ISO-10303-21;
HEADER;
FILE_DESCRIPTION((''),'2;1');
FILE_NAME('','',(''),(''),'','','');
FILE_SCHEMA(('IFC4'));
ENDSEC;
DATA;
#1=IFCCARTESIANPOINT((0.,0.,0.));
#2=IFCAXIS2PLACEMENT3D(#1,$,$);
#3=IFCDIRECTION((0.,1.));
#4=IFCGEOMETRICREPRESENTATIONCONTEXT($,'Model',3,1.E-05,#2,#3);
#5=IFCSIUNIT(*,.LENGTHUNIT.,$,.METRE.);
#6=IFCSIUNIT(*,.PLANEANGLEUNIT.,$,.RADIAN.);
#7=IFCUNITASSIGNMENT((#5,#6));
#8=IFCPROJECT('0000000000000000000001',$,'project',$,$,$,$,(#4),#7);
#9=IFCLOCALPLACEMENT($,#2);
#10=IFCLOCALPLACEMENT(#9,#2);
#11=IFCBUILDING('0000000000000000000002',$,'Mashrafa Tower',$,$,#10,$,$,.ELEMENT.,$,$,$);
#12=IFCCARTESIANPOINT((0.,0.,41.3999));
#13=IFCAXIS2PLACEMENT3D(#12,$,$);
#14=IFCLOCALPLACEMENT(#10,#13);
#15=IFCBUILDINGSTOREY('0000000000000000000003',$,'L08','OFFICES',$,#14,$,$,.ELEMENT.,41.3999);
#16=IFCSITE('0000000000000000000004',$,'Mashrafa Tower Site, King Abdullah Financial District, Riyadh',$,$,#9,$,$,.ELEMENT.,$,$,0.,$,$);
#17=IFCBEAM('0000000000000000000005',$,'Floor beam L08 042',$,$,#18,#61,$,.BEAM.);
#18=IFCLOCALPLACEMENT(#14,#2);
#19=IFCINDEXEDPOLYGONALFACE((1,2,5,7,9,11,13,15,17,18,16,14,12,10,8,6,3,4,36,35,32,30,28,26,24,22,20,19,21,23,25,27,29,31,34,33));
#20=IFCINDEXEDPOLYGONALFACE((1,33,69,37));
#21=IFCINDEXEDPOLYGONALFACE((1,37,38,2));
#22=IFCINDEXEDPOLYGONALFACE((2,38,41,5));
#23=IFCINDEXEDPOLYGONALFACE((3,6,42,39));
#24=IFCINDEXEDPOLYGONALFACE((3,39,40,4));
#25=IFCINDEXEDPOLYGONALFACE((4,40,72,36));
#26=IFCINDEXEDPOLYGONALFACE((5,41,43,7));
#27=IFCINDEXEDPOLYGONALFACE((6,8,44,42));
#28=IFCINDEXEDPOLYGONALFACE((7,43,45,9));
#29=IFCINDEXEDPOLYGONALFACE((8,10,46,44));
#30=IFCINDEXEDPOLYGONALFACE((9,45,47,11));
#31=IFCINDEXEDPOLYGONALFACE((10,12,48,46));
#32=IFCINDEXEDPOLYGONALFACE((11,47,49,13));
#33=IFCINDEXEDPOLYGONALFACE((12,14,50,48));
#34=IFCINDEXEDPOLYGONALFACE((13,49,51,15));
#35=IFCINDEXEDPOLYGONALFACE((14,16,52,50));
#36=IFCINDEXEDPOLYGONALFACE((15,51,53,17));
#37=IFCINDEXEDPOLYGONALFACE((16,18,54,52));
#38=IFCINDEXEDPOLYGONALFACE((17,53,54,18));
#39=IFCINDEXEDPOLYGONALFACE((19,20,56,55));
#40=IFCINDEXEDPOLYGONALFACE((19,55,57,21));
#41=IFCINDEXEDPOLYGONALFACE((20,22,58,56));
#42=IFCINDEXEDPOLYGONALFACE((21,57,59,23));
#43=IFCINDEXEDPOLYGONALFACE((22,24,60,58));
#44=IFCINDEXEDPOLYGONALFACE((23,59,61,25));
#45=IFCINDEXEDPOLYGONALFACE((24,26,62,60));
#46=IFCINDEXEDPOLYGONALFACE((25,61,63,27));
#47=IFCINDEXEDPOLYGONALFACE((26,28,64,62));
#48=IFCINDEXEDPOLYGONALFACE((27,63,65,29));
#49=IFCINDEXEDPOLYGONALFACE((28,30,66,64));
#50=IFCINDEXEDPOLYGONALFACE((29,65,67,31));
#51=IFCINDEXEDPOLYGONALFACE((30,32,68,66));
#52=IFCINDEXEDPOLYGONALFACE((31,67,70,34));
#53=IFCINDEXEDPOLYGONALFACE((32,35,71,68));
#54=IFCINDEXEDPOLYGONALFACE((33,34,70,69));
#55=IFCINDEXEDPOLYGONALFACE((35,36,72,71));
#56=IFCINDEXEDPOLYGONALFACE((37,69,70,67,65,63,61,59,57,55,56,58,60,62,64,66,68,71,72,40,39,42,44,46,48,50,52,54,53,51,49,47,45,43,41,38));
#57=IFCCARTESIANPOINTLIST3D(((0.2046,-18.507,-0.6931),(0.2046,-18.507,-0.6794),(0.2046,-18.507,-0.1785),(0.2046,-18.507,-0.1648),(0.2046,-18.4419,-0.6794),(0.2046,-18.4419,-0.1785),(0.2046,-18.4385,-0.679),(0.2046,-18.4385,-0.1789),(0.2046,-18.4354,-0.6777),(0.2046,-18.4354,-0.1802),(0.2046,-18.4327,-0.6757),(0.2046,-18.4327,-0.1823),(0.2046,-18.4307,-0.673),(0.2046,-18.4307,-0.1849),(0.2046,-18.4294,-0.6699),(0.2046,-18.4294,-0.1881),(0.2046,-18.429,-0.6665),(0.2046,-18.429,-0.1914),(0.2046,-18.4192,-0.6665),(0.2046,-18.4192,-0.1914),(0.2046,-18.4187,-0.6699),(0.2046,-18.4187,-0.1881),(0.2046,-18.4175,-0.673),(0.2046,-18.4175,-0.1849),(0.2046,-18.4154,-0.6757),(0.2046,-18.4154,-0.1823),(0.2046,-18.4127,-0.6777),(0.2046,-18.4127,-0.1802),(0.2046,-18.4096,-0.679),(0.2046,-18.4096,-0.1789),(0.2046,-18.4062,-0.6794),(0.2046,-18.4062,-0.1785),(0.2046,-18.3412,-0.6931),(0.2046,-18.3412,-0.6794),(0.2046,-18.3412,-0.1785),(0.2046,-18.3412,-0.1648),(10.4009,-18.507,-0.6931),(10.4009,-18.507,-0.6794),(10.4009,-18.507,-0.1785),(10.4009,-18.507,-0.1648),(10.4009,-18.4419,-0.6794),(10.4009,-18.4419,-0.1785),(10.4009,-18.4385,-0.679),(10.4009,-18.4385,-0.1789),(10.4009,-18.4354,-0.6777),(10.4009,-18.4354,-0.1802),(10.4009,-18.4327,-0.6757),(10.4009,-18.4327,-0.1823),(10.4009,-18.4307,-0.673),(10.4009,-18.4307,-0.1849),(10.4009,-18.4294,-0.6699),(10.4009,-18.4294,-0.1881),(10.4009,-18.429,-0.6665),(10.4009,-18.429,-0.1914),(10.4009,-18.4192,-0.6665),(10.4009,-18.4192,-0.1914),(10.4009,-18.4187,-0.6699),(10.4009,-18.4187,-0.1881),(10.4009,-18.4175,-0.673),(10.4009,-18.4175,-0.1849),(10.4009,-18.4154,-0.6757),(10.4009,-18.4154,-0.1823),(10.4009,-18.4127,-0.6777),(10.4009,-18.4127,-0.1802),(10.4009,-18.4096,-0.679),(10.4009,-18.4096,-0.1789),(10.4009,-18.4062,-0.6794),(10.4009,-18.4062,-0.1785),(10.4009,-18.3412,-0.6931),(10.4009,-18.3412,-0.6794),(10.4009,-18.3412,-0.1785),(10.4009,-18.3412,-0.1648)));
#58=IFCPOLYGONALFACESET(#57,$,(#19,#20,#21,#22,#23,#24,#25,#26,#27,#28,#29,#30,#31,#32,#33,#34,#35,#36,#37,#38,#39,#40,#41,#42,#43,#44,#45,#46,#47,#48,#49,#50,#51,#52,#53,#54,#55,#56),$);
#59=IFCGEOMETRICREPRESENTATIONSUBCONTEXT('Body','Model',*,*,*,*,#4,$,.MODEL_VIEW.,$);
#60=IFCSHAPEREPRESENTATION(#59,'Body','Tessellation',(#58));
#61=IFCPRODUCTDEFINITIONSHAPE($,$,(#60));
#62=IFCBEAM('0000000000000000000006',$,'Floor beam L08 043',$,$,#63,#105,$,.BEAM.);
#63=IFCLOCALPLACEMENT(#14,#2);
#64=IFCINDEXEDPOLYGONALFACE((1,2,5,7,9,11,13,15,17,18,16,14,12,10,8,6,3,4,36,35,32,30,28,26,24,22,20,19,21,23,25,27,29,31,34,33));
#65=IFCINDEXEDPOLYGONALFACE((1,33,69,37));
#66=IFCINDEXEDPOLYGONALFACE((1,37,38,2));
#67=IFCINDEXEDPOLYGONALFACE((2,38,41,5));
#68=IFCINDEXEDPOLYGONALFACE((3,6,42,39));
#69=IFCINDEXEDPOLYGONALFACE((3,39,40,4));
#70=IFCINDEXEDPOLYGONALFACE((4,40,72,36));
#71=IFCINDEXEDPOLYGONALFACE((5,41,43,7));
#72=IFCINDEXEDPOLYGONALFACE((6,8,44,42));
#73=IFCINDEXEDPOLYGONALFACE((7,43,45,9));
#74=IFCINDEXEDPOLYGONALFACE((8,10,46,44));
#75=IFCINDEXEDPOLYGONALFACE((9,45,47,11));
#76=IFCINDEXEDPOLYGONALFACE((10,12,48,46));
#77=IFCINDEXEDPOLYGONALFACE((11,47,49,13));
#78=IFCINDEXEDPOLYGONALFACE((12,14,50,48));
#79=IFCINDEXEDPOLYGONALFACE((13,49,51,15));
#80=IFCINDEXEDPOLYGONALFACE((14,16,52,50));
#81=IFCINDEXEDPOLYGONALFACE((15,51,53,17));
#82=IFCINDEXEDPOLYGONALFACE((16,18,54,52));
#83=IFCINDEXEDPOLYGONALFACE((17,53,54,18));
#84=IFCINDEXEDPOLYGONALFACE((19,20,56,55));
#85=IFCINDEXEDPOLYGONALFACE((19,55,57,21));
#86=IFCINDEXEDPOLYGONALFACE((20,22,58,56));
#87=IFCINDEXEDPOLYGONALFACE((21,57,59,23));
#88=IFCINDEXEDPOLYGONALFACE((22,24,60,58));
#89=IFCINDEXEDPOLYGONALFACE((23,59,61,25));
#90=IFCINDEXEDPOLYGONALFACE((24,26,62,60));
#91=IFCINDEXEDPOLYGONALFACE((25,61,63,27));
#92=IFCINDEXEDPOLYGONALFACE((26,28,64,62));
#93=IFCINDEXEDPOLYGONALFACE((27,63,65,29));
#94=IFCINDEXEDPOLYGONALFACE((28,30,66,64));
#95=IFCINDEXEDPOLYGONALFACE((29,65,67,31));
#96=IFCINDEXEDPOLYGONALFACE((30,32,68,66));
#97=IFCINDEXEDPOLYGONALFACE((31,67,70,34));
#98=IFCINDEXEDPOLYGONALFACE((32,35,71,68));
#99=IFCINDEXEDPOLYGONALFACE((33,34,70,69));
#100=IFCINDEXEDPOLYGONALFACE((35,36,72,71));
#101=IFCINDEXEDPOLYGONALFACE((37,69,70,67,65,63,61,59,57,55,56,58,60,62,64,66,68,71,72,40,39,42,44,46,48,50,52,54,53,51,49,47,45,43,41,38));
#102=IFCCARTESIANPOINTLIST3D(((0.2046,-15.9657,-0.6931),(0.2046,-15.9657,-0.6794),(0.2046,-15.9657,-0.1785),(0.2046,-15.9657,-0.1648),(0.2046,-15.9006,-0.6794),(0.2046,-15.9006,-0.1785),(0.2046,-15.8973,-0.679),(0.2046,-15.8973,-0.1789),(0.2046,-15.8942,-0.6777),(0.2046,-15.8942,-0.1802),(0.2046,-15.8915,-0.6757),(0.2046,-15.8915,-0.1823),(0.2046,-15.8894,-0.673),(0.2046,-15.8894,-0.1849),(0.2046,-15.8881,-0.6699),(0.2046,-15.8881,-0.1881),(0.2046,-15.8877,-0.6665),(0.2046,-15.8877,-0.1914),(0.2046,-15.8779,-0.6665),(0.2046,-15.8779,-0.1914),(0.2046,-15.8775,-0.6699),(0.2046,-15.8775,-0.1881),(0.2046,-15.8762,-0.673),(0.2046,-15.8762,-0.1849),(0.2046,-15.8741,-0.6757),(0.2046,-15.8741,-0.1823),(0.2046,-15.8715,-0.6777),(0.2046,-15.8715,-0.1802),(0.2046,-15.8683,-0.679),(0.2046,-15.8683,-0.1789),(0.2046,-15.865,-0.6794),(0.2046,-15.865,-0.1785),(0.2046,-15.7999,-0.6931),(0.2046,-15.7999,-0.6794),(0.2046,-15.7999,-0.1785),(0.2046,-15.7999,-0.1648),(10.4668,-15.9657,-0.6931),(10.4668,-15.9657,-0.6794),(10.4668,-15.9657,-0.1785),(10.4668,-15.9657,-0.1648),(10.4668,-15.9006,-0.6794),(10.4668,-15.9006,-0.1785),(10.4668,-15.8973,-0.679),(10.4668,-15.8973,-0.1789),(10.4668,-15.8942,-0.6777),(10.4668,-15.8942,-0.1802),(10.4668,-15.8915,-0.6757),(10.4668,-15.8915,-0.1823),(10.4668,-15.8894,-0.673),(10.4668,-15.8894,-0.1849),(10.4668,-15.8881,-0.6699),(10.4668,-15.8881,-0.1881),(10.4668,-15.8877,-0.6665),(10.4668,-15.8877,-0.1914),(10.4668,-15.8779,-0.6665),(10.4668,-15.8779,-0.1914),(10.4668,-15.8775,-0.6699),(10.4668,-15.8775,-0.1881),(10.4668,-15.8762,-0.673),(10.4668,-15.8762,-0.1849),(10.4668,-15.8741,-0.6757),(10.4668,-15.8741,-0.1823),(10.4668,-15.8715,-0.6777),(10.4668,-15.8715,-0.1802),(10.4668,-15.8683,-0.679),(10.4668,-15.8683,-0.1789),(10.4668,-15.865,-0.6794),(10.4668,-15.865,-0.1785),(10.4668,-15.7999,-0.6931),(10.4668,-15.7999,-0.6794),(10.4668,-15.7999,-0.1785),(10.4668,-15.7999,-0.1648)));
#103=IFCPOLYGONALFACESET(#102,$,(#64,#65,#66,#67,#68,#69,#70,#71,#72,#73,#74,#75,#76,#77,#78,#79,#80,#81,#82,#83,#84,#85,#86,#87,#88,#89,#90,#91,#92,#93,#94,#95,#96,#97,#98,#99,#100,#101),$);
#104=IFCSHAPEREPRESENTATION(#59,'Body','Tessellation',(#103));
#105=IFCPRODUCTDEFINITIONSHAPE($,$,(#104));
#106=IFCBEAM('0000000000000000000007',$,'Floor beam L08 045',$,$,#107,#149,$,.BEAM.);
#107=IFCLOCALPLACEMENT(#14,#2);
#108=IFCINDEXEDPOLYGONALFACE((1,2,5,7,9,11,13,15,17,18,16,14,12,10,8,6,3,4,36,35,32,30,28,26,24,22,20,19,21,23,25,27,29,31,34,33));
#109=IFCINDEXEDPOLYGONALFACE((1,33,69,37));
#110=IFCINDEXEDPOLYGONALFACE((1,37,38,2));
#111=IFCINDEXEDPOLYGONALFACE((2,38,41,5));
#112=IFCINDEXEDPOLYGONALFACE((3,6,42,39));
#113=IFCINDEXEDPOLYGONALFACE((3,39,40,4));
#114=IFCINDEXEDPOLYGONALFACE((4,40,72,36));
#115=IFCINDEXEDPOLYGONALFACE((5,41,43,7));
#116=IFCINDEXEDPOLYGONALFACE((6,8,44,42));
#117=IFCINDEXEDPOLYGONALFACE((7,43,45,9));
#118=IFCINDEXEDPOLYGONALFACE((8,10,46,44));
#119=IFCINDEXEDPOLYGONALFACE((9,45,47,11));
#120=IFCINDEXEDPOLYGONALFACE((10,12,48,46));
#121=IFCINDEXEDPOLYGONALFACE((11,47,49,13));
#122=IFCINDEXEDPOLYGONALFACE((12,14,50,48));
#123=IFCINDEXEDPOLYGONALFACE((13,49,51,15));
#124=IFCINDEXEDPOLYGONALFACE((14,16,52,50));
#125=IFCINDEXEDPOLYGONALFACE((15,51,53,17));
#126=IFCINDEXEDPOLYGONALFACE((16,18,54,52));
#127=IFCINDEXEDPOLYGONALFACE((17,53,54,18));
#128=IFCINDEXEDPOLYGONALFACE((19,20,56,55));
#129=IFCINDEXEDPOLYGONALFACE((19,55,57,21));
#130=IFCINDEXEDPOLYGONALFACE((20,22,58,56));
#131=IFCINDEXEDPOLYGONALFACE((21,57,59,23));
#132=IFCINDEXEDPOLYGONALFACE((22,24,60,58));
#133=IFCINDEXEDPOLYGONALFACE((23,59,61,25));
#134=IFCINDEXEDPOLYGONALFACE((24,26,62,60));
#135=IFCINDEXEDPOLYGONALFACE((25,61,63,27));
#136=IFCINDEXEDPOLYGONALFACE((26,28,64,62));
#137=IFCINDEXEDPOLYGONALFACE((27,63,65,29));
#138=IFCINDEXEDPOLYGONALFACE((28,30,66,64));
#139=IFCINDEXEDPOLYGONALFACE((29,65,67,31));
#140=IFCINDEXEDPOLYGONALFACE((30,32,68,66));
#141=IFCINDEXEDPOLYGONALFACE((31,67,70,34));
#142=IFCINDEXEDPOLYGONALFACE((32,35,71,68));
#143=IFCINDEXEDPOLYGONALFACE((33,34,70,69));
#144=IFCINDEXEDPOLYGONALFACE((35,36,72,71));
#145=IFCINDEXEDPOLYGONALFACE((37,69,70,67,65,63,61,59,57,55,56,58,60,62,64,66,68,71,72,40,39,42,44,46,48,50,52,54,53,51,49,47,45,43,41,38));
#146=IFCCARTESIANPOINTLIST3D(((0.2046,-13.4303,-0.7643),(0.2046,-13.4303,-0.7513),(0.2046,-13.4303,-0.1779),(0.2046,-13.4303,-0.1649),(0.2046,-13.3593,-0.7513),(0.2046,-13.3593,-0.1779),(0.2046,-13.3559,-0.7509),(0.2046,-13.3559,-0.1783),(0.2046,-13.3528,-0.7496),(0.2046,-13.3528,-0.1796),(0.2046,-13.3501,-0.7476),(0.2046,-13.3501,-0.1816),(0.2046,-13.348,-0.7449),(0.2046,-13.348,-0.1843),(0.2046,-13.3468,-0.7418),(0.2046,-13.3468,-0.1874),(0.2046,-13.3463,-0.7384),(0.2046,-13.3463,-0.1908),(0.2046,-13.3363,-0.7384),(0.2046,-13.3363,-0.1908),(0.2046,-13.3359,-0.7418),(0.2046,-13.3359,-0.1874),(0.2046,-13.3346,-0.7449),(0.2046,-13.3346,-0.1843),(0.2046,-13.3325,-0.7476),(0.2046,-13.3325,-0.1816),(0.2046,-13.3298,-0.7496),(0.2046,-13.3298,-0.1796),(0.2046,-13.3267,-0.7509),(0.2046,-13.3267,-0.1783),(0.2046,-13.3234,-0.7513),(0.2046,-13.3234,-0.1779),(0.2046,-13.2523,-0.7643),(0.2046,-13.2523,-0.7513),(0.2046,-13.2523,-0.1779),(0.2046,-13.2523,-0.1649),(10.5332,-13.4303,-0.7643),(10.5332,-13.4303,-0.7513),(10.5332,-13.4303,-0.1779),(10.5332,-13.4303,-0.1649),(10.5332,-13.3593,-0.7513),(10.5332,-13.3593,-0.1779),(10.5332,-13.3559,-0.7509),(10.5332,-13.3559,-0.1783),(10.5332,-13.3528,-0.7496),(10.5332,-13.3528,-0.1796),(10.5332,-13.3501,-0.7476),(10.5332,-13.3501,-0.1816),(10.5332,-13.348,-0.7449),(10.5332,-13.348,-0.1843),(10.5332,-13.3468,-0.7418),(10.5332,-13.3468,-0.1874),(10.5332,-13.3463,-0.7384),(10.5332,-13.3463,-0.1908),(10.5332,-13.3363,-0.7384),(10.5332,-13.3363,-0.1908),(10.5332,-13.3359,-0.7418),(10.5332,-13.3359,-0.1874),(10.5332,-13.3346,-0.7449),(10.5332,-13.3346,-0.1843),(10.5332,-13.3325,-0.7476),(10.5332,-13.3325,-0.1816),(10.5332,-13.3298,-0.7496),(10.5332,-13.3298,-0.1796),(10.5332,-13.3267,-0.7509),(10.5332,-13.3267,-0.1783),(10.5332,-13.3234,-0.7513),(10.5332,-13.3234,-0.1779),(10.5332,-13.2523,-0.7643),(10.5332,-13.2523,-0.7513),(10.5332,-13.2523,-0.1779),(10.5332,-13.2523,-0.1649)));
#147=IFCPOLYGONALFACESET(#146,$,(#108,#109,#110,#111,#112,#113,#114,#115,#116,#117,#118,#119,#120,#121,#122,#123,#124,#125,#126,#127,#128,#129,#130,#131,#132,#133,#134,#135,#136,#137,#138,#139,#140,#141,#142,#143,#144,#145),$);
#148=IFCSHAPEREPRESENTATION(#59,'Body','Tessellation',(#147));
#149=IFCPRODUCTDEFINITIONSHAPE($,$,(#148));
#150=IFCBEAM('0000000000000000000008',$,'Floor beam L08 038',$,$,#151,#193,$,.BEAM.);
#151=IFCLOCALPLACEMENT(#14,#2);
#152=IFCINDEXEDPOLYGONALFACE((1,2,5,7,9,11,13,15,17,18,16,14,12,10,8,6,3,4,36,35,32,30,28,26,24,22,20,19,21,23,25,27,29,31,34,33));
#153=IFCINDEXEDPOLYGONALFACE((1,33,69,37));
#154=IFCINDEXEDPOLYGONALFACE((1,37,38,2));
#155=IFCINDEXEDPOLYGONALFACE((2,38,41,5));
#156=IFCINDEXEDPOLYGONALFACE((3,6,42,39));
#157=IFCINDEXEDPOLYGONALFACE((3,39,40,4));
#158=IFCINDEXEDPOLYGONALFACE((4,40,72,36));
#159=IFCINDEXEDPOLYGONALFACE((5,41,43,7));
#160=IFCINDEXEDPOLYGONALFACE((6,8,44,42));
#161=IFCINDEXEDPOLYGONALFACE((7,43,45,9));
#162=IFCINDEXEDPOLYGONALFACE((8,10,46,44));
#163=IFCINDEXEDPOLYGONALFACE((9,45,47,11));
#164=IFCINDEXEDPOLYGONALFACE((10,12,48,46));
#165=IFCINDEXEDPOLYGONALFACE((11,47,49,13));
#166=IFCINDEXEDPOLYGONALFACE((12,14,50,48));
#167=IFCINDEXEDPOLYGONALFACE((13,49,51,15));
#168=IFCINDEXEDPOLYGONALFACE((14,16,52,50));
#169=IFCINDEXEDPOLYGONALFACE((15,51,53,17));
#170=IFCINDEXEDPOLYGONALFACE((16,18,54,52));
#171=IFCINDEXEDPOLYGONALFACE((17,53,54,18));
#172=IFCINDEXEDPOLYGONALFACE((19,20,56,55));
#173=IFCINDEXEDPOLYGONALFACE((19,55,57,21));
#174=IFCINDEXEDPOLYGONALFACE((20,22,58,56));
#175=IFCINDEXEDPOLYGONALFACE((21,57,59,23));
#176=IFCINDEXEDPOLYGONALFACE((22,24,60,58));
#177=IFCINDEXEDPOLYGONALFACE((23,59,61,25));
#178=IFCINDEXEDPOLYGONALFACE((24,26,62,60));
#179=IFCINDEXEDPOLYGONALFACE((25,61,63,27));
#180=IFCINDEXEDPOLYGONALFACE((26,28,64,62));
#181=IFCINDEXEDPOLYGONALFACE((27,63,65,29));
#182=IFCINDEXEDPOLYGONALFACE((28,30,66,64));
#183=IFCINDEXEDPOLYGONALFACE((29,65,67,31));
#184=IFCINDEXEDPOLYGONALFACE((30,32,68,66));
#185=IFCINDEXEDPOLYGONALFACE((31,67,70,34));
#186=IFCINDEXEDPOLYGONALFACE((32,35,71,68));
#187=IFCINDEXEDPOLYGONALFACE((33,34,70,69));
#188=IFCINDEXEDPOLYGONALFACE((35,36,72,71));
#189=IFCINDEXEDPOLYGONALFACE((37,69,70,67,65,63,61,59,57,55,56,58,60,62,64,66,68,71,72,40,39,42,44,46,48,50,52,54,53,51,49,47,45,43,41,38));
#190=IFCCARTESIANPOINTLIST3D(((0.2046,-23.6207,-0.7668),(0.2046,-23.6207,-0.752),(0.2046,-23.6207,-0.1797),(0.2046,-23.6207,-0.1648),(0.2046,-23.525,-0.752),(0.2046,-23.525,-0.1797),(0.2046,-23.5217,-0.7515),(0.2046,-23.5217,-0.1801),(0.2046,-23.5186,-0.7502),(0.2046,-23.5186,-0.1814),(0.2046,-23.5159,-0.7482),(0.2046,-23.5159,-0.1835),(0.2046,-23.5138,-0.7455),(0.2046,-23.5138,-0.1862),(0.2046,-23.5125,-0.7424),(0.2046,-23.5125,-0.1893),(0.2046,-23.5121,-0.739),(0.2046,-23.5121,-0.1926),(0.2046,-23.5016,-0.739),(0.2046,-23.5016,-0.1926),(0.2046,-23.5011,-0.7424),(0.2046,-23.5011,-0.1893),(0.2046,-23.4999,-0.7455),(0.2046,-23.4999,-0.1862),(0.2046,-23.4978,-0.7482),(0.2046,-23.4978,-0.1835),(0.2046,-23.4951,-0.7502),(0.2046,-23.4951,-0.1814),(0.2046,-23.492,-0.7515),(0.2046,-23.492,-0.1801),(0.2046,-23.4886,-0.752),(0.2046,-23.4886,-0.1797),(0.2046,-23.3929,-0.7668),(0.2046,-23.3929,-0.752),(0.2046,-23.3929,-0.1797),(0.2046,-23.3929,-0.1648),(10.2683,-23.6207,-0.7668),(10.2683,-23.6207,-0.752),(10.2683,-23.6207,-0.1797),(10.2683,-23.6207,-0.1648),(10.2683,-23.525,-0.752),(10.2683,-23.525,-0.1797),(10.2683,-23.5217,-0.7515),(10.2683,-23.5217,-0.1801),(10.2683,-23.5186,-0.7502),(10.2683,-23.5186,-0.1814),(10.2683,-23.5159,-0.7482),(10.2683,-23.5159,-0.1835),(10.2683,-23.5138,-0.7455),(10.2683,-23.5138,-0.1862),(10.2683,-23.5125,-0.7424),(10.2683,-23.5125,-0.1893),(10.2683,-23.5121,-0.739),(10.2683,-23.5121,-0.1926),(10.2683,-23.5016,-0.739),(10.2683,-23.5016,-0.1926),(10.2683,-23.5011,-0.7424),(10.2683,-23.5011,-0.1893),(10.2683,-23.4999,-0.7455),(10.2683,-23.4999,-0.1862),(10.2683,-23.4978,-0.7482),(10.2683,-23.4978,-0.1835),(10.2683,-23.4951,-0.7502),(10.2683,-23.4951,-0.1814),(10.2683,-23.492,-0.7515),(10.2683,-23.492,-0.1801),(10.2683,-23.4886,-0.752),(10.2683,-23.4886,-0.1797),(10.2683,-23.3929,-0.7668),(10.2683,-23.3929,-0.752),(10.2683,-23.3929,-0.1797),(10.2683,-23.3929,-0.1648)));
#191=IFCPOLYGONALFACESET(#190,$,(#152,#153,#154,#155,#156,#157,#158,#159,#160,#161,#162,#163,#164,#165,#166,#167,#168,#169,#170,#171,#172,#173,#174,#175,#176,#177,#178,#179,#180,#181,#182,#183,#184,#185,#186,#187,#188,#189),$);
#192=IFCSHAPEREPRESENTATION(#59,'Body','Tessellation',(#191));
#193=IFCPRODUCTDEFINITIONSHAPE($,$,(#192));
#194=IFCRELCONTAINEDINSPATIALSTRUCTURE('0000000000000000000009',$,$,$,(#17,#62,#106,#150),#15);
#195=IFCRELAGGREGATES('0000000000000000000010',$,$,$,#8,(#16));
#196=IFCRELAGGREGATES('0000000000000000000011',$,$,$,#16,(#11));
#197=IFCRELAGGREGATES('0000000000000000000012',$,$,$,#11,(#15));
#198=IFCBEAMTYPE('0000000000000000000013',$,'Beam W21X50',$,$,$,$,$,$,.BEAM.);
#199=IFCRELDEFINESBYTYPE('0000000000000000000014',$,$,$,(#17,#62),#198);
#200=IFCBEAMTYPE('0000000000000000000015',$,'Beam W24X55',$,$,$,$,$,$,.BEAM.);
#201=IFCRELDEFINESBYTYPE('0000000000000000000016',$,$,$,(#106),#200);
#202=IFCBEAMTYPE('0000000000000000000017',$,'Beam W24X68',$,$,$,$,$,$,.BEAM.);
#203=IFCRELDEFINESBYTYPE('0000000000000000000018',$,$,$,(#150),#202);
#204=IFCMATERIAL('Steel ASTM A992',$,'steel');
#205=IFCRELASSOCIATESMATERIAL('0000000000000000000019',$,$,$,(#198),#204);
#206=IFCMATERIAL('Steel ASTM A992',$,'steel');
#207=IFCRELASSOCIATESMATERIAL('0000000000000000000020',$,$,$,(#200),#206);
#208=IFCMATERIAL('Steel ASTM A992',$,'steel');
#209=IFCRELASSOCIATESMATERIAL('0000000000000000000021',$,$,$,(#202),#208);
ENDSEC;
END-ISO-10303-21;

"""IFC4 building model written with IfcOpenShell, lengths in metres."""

from ifc_helpers import new_model, si_unit, direction, frame, origin, origin_2d, place, context, subcontext, project, spatial, i_section, extrude, material, material_profile, profile_set, type_object, element, save


model = new_model("IFC4")

# Units and contexts
model_context = context("Model", 3, precision=1e-05, world=origin(), true_north=direction((0.0, 1.0)))
body_context = subcontext(model_context, "Body", "Model", "MODEL_VIEW")
ifc_project = project(units=[si_unit("LENGTHUNIT", "METRE"), si_unit("PLANEANGLEUNIT", "RADIAN")], contexts=[model_context])

# Site, building, storey
site_placement = place(None, origin())
site = spatial("IfcSite", under=ifc_project, at=site_placement, Name="Mashrafa Tower Site, King Abdullah Financial District, Riyadh", CompositionType="ELEMENT", RefElevation=0.0)
building_placement = place(site_placement, origin())
building = spatial("IfcBuilding", under=site, at=building_placement, Name="Mashrafa Tower", CompositionType="ELEMENT")
storey_placement = place(building_placement, frame((0.0, 0.0, 41.3999)))
storey = spatial("IfcBuildingStorey", under=building, at=storey_placement, Name="L08", Description="OFFICES", CompositionType="ELEMENT", Elevation=41.3999)

# Beams
ifc_material_1 = material(Name="Steel ASTM A992", Category="steel")
ifc_material_profile_1 = material_profile(ifc_material_1, i_section(OverallWidth=0.1658, OverallDepth=0.5283, WebThickness=0.0098, FlangeThickness=0.0137, FilletRadius=0.0129, at=origin_2d()), Name="W21X50")
ifc_profile_set_1 = profile_set([ifc_material_profile_1], Name="Steel ASTM A992")
beam_type_1 = type_object("IfcBeamType", Name="Beam W21X50", PredefinedType="BEAM", material=ifc_profile_set_1)
beam_1_placement = place(storey_placement, frame((10.4009, -18.4241, -0.429), z_axis=(-1.0, 0.0, 0.0), x_axis=(0.0, -1.0, 0.0)))
element("IfcBeam", 1, at=beam_1_placement, inside=storey, type_object=beam_type_1, Name="Floor beam L08 042", PredefinedType="BEAM", context=body_context, shape_type="SweptSolid", body=[
    extrude(i_section(OverallWidth=0.1658, OverallDepth=0.5283, WebThickness=0.0098, FlangeThickness=0.0137, FilletRadius=0.0129, at=origin_2d()), origin(), (0.0, 0.0, 1.0), 10.1963),
])
beam_2_placement = place(storey_placement, frame((10.4668, -15.8828, -0.429), z_axis=(-1.0, 0.0, 0.0), x_axis=(0.0, -1.0, 0.0)))
element("IfcBeam", 2, at=beam_2_placement, inside=storey, type_object=beam_type_1, Name="Floor beam L08 043", PredefinedType="BEAM", context=body_context, shape_type="SweptSolid", body=[
    extrude(i_section(OverallWidth=0.1658, OverallDepth=0.5283, WebThickness=0.0098, FlangeThickness=0.0137, FilletRadius=0.0129, at=origin_2d()), origin(), (0.0, 0.0, 1.0), 10.2622),
])
ifc_material_2 = material(Name="Steel ASTM A992", Category="steel")
ifc_material_profile_2 = material_profile(ifc_material_2, i_section(OverallWidth=0.178, OverallDepth=0.5994, WebThickness=0.01, FlangeThickness=0.0129, FilletRadius=0.0129, at=origin_2d()), Name="W24X55")
ifc_profile_set_2 = profile_set([ifc_material_profile_2], Name="Steel ASTM A992")
beam_type_2 = type_object("IfcBeamType", Name="Beam W24X55", PredefinedType="BEAM", material=ifc_profile_set_2)
beam_3_placement = place(storey_placement, frame((10.5332, -13.3413, -0.4646), z_axis=(-1.0, 0.0, 0.0), x_axis=(0.0, -1.0, 0.0)))
element("IfcBeam", 3, at=beam_3_placement, inside=storey, type_object=beam_type_2, Name="Floor beam L08 045", PredefinedType="BEAM", context=body_context, shape_type="SweptSolid", body=[
    extrude(i_section(OverallWidth=0.178, OverallDepth=0.5994, WebThickness=0.01, FlangeThickness=0.0129, FilletRadius=0.0129, at=origin_2d()), origin(), (0.0, 0.0, 1.0), 10.3286),
])
ifc_material_3 = material(Name="Steel ASTM A992", Category="steel")
ifc_material_profile_3 = material_profile(ifc_material_3, i_section(OverallWidth=0.2278, OverallDepth=0.6021, WebThickness=0.0105, FlangeThickness=0.0149, FilletRadius=0.0129, at=origin_2d()), Name="W24X68")
ifc_profile_set_3 = profile_set([ifc_material_profile_3], Name="Steel ASTM A992")
beam_type_3 = type_object("IfcBeamType", Name="Beam W24X68", PredefinedType="BEAM", material=ifc_profile_set_3)
beam_4_placement = place(storey_placement, frame((10.2683, -23.5068, -0.4658), z_axis=(-1.0, 0.0, 0.0), x_axis=(0.0, -1.0, 0.0)))
element("IfcBeam", 4, at=beam_4_placement, inside=storey, type_object=beam_type_3, Name="Floor beam L08 038", PredefinedType="BEAM", context=body_context, shape_type="SweptSolid", body=[
    extrude(i_section(OverallWidth=0.2278, OverallDepth=0.6021, WebThickness=0.0105, FlangeThickness=0.0149, FilletRadius=0.0129, at=origin_2d()), origin(), (0.0, 0.0, 1.0), 10.0637),
])

save(model, "model.ifc")
